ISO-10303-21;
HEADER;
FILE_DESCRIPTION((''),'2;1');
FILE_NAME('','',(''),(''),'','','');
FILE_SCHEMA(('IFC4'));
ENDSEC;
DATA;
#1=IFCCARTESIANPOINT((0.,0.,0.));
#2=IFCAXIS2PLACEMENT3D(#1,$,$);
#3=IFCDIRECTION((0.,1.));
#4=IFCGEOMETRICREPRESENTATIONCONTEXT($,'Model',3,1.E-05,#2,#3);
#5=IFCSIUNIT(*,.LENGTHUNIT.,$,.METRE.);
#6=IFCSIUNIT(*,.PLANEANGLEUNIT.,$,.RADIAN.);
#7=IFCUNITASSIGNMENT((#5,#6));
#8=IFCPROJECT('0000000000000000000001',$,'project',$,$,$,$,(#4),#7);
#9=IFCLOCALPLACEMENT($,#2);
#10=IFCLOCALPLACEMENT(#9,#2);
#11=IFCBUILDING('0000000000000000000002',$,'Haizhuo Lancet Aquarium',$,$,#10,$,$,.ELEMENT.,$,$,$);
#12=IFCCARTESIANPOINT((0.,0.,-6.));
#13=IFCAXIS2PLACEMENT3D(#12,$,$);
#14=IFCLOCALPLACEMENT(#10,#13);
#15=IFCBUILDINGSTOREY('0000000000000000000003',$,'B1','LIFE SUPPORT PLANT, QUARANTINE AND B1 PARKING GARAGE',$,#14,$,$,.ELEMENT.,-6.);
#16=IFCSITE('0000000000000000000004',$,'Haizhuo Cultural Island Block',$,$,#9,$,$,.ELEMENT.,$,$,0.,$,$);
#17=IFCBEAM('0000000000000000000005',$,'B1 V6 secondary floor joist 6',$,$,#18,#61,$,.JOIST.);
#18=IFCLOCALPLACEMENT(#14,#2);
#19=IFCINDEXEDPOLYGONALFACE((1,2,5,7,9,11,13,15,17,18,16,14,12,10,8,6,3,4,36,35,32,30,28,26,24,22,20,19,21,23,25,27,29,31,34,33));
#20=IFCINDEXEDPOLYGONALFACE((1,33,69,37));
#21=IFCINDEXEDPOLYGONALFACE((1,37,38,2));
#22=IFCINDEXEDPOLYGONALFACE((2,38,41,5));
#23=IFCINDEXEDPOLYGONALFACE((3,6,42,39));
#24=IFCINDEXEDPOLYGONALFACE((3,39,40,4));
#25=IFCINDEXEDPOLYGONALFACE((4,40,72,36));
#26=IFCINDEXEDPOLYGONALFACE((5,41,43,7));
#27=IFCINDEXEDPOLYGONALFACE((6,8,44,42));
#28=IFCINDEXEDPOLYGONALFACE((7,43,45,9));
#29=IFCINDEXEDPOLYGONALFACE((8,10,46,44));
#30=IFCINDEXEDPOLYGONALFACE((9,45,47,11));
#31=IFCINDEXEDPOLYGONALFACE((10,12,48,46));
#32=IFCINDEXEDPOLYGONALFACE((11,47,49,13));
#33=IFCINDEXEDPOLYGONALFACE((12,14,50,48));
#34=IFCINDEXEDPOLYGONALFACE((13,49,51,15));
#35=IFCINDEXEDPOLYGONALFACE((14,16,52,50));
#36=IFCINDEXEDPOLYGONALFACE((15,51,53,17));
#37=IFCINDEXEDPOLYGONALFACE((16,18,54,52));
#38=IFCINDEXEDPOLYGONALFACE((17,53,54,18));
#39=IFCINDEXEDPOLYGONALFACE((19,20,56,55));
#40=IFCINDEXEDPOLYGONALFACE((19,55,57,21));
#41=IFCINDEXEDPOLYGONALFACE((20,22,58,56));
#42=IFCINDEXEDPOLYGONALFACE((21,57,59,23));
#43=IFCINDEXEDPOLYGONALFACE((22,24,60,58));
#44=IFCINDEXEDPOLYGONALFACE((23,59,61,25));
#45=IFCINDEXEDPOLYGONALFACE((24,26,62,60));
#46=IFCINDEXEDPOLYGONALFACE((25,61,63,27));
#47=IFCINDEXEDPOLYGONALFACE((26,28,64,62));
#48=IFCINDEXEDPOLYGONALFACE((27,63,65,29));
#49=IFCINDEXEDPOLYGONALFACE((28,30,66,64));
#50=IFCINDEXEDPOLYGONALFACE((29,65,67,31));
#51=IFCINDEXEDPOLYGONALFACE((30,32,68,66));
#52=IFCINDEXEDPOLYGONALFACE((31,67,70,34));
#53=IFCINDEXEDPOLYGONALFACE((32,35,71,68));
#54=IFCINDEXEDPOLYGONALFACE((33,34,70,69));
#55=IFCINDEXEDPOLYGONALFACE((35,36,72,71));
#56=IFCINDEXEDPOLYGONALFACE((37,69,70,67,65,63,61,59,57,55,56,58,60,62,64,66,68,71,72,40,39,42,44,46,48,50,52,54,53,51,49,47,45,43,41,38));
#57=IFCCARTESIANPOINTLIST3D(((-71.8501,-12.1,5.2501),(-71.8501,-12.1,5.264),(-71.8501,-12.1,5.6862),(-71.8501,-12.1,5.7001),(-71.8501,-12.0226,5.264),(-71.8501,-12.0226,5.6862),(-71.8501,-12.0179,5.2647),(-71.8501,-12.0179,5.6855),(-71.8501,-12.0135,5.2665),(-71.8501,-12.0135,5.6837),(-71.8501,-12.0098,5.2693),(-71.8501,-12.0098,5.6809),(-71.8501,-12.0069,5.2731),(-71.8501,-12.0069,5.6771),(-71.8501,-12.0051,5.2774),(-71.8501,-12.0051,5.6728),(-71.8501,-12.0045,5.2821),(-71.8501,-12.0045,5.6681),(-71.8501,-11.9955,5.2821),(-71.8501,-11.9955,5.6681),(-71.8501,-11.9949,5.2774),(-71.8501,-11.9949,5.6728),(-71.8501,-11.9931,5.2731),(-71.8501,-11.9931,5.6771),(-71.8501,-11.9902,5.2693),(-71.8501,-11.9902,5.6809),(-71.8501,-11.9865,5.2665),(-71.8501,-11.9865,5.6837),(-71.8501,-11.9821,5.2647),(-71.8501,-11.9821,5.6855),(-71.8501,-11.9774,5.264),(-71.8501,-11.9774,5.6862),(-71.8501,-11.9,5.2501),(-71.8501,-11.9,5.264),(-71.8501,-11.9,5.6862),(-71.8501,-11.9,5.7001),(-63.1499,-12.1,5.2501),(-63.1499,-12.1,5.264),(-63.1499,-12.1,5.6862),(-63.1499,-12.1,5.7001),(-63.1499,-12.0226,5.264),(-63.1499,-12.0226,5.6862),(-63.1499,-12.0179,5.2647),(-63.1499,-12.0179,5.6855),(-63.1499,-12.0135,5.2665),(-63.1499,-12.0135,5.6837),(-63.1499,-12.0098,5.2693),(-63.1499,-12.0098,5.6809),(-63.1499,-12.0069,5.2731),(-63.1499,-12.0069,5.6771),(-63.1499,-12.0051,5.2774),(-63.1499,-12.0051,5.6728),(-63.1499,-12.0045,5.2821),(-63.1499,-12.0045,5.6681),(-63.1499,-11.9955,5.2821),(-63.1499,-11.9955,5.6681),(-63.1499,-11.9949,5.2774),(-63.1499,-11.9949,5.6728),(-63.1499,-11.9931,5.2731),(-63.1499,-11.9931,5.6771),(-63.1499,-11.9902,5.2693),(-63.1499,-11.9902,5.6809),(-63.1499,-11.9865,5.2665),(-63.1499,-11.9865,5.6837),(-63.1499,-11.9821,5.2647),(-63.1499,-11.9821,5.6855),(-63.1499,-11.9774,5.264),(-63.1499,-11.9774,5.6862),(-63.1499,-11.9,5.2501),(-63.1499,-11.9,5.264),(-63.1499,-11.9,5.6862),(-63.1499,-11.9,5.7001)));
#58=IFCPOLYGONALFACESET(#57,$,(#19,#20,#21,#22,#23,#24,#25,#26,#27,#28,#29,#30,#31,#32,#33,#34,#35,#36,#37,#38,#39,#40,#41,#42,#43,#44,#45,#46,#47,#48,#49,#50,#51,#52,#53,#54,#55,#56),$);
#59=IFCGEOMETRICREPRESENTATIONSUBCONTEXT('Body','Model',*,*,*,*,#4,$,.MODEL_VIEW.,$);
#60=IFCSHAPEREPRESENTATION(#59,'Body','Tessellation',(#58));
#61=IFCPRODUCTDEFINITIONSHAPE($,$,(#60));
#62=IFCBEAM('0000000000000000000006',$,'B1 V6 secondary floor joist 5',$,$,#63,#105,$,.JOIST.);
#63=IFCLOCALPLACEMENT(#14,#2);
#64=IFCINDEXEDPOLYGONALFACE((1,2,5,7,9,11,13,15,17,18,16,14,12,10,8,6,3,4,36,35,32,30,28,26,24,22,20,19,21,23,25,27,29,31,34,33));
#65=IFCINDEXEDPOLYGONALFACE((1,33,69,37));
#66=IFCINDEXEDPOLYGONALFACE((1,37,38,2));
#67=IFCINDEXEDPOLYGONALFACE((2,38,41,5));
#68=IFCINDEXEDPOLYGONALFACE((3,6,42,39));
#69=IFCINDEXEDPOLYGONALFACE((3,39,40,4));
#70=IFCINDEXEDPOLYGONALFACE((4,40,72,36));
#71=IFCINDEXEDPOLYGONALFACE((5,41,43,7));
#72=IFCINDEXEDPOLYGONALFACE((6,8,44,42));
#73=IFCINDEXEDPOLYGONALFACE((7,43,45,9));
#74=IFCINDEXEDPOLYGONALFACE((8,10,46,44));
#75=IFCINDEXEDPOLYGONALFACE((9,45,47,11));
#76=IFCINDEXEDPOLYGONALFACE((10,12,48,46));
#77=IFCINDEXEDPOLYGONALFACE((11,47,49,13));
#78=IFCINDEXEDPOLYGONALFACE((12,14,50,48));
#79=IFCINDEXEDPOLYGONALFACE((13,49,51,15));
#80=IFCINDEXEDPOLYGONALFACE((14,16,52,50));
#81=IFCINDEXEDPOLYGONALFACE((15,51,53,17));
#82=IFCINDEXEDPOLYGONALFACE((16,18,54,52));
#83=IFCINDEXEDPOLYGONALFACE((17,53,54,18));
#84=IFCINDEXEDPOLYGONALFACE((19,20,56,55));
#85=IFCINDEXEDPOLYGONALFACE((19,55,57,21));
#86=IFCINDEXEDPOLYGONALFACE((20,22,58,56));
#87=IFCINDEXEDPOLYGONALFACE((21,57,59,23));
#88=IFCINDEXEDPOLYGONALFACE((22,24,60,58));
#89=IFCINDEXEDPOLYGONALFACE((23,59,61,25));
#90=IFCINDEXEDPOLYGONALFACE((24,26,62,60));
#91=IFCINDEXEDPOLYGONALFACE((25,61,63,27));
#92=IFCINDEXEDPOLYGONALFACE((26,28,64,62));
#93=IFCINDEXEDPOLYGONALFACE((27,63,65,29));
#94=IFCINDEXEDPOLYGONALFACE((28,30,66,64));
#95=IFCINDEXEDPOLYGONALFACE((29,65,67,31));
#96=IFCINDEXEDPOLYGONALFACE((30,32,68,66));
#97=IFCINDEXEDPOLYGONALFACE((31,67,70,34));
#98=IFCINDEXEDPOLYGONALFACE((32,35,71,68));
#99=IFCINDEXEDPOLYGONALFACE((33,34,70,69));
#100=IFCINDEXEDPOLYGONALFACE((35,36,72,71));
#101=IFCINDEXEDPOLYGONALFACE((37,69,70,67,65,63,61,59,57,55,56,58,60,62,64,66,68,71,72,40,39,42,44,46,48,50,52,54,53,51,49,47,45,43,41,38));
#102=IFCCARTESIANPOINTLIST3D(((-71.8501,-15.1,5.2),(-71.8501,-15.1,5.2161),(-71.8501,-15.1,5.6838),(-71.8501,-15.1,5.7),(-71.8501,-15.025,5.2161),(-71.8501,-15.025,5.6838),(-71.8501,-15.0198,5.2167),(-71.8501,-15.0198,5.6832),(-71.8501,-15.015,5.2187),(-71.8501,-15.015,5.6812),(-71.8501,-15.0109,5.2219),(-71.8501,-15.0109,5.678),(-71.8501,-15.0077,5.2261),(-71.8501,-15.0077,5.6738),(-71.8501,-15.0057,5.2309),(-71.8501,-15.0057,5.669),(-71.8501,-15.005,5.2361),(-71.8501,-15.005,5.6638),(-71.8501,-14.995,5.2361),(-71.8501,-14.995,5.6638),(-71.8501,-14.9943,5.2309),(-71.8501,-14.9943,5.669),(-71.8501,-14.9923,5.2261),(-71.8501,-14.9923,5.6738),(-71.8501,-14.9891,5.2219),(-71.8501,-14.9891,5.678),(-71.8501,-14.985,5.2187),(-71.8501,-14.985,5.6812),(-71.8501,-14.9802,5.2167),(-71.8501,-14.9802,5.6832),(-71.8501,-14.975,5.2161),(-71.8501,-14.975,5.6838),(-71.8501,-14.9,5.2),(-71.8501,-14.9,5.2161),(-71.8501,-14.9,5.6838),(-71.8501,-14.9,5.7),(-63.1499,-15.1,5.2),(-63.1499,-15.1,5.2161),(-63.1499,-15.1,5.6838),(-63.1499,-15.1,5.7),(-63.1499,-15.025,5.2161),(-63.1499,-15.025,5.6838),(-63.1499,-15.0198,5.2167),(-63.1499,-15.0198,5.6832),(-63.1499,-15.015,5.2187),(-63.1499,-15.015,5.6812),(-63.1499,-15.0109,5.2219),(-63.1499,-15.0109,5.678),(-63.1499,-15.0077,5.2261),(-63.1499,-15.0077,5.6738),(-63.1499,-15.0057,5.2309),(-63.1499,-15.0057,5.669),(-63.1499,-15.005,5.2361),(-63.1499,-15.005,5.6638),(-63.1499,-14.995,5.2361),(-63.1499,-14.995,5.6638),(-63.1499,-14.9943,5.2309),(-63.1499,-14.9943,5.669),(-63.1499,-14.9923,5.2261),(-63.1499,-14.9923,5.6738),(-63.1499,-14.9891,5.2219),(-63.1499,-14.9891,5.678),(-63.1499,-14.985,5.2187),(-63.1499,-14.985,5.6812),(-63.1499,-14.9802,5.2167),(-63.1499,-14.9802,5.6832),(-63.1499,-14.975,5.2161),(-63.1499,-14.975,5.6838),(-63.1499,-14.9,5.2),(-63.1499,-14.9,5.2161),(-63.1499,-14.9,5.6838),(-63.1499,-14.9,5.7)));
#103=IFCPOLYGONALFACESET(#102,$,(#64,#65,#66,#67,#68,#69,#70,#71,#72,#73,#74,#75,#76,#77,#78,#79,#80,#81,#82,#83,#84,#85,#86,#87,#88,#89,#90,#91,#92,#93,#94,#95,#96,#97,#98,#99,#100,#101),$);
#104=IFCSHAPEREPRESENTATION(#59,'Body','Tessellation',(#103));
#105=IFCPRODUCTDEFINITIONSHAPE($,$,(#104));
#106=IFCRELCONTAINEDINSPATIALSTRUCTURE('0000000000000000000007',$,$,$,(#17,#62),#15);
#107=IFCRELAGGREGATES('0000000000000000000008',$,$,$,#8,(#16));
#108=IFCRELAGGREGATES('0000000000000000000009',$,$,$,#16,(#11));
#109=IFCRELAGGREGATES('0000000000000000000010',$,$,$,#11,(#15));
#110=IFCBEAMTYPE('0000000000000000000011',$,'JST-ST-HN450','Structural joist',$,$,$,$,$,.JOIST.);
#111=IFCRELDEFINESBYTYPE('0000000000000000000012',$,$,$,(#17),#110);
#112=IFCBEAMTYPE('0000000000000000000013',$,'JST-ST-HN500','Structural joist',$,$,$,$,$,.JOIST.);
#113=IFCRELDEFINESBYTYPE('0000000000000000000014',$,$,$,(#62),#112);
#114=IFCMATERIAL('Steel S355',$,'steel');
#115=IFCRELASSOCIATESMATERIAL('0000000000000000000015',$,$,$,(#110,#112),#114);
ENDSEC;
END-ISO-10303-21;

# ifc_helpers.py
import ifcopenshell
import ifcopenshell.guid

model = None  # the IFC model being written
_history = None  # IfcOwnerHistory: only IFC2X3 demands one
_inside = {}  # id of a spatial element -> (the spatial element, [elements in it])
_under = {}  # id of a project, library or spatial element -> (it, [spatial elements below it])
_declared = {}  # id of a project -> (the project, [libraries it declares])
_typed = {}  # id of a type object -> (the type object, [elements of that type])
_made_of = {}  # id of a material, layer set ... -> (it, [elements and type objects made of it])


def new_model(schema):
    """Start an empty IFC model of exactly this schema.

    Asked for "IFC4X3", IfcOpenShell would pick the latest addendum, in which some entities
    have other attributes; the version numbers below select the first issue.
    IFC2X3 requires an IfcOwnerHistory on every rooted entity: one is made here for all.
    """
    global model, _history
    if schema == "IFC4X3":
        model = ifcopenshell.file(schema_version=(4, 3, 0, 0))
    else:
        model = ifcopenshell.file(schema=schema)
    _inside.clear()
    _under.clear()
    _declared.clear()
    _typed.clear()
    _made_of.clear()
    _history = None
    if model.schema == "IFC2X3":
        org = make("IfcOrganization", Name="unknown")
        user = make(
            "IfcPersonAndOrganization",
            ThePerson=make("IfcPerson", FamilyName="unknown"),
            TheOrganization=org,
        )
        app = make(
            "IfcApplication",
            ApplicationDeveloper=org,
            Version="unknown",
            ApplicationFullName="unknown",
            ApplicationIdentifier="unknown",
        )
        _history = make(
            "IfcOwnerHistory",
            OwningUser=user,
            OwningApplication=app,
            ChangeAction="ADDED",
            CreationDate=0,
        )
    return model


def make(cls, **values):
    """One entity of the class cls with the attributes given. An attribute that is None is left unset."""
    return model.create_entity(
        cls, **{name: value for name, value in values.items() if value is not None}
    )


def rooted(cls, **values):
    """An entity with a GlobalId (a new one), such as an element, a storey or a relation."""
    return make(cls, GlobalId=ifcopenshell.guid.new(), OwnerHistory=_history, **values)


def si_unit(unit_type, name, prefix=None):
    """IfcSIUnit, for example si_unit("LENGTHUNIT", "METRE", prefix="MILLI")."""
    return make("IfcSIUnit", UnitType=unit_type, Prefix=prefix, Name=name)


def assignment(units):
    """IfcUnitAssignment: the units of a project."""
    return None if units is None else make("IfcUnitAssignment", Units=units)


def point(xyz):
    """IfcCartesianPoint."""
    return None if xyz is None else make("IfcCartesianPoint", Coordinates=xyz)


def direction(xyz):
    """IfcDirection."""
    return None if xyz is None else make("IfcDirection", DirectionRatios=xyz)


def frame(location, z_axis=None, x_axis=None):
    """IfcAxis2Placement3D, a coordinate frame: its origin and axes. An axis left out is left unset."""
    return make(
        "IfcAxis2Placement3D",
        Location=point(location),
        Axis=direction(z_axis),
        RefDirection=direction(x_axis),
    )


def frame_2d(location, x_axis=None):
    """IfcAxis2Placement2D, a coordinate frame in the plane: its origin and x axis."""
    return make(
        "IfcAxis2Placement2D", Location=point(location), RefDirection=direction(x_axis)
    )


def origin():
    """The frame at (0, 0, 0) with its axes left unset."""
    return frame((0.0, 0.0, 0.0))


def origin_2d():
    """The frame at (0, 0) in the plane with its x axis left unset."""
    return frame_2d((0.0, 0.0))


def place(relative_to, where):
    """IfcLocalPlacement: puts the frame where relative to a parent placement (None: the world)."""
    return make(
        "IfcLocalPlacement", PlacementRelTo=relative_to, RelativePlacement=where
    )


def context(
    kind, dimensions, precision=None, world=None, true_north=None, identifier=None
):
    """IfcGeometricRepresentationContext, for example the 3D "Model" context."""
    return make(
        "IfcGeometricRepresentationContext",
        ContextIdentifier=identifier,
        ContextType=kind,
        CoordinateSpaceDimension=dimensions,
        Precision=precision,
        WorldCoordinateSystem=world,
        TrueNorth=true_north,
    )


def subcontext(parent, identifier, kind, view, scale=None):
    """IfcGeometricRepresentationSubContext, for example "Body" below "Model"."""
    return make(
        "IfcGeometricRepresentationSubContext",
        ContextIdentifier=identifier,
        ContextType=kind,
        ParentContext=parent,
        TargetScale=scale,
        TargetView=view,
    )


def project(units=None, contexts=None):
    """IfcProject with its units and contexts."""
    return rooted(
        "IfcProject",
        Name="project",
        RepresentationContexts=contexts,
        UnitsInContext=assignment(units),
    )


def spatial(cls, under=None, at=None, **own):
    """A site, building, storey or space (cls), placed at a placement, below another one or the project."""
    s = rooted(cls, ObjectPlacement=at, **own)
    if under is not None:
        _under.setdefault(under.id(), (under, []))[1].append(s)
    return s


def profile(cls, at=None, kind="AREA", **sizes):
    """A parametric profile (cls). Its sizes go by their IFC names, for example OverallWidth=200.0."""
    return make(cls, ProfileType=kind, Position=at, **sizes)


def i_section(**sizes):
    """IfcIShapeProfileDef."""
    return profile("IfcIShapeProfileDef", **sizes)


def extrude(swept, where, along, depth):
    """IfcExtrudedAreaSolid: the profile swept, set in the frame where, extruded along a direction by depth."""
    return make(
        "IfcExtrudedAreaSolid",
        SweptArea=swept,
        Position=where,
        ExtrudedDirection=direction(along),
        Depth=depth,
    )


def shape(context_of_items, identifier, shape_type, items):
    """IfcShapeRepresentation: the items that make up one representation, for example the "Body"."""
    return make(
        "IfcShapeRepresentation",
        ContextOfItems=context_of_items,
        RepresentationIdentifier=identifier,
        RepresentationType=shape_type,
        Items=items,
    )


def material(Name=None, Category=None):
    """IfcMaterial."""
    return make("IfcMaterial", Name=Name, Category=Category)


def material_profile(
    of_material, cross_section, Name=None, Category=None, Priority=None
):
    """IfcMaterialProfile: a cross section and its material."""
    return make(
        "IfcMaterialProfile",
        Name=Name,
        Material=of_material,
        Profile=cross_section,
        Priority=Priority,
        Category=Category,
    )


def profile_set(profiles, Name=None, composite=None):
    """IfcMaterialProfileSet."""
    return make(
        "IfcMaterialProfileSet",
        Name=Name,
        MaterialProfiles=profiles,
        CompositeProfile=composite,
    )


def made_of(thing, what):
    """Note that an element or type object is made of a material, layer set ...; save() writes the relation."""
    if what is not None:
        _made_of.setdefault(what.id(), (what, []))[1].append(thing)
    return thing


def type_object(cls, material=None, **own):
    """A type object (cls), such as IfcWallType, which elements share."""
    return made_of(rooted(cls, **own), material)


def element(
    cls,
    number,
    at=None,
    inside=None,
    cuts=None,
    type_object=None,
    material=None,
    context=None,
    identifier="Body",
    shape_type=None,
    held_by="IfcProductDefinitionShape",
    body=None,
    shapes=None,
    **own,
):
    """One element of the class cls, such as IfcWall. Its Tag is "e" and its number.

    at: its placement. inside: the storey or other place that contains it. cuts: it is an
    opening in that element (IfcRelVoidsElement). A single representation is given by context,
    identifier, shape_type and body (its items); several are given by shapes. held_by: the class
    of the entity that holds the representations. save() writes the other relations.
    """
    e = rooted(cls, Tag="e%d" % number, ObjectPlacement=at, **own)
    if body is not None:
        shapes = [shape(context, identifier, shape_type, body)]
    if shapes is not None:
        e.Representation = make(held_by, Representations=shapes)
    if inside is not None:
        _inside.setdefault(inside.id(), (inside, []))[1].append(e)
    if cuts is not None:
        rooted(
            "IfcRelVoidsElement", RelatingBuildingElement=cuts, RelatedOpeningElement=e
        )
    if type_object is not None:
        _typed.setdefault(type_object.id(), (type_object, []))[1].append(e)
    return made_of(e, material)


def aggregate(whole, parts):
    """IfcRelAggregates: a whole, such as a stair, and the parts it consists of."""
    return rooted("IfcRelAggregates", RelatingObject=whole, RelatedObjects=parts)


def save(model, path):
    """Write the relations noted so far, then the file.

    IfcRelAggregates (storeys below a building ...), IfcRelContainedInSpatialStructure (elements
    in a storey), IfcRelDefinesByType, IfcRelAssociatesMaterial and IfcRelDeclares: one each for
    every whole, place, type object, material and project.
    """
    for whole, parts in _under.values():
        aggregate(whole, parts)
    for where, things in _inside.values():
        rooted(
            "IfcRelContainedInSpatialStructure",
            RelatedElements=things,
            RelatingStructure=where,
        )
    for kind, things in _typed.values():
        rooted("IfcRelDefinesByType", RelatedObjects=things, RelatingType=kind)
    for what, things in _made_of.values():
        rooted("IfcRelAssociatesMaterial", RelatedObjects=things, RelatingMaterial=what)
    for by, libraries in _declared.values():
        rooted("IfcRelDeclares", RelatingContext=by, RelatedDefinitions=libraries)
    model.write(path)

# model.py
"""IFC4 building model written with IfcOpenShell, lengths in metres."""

from ifc_helpers import new_model, si_unit, direction, frame, origin, origin_2d, place, context, subcontext, project, spatial, i_section, extrude, material, material_profile, profile_set, type_object, element, save


model = new_model("IFC4")

# Units and contexts
model_context = context("Model", 3, precision=1e-05, world=origin(), true_north=direction((0.0, 1.0)))
body_context = subcontext(model_context, "Body", "Model", "MODEL_VIEW")
ifc_project = project(units=[si_unit("LENGTHUNIT", "METRE"), si_unit("PLANEANGLEUNIT", "RADIAN")], contexts=[model_context])

# Site, building, storey
site_placement = place(None, origin())
site = spatial("IfcSite", under=ifc_project, at=site_placement, Name="Haizhuo Cultural Island Block", CompositionType="ELEMENT", RefElevation=0.0)
building_placement = place(site_placement, origin())
building = spatial("IfcBuilding", under=site, at=building_placement, Name="Haizhuo Lancet Aquarium", CompositionType="ELEMENT")
storey_placement = place(building_placement, frame((0.0, 0.0, -6.0)))
storey = spatial("IfcBuildingStorey", under=building, at=storey_placement, Name="B1", Description="LIFE SUPPORT PLANT, QUARANTINE AND B1 PARKING GARAGE", CompositionType="ELEMENT", Elevation=-6.0)

# Beams
ifc_material_1 = material(Name="Steel S355", Category="steel")
ifc_material_profile_1 = material_profile(ifc_material_1, i_section(OverallWidth=0.2, OverallDepth=0.45, WebThickness=0.009, FlangeThickness=0.0139, FilletRadius=0.0181, at=origin_2d()), Name="HN 450x200x9x14")
ifc_profile_set_1 = profile_set([ifc_material_profile_1], Name="Steel S355")
beam_type_1 = type_object("IfcBeamType", Name="JST-ST-HN450", Description="Structural joist", PredefinedType="JOIST", material=ifc_profile_set_1)
beam_1_placement = place(storey_placement, frame((-71.8501, -12.0, 5.4751), z_axis=(1.0, 0.0, 0.0), x_axis=(0.0, 1.0, 0.0)))
element("IfcBeam", 1, at=beam_1_placement, inside=storey, type_object=beam_type_1, Name="B1 V6 secondary floor joist 6", PredefinedType="JOIST", context=body_context, shape_type="SweptSolid", body=[
    extrude(i_section(OverallWidth=0.2, OverallDepth=0.45, WebThickness=0.009, FlangeThickness=0.0139, FilletRadius=0.0181, at=origin_2d()), origin(), (0.0, 0.0, 1.0), 8.7002),
])
ifc_material_profile_2 = material_profile(ifc_material_1, i_section(OverallWidth=0.2, OverallDepth=0.5, WebThickness=0.01, FlangeThickness=0.0161, FilletRadius=0.02, at=origin_2d()), Name="HN 500x200x10x16")
ifc_profile_set_2 = profile_set([ifc_material_profile_2], Name="Steel S355")
beam_type_2 = type_object("IfcBeamType", Name="JST-ST-HN500", Description="Structural joist", PredefinedType="JOIST", material=ifc_profile_set_2)
beam_2_placement = place(storey_placement, frame((-71.8501, -15.0, 5.45), z_axis=(1.0, 0.0, 0.0), x_axis=(0.0, 1.0, 0.0)))
element("IfcBeam", 2, at=beam_2_placement, inside=storey, type_object=beam_type_2, Name="B1 V6 secondary floor joist 5", PredefinedType="JOIST", context=body_context, shape_type="SweptSolid", body=[
    extrude(i_section(OverallWidth=0.2, OverallDepth=0.5, WebThickness=0.01, FlangeThickness=0.0161, FilletRadius=0.02, at=origin_2d()), origin(), (0.0, 0.0, 1.0), 8.7002),
])

save(model, "model.ifc")
